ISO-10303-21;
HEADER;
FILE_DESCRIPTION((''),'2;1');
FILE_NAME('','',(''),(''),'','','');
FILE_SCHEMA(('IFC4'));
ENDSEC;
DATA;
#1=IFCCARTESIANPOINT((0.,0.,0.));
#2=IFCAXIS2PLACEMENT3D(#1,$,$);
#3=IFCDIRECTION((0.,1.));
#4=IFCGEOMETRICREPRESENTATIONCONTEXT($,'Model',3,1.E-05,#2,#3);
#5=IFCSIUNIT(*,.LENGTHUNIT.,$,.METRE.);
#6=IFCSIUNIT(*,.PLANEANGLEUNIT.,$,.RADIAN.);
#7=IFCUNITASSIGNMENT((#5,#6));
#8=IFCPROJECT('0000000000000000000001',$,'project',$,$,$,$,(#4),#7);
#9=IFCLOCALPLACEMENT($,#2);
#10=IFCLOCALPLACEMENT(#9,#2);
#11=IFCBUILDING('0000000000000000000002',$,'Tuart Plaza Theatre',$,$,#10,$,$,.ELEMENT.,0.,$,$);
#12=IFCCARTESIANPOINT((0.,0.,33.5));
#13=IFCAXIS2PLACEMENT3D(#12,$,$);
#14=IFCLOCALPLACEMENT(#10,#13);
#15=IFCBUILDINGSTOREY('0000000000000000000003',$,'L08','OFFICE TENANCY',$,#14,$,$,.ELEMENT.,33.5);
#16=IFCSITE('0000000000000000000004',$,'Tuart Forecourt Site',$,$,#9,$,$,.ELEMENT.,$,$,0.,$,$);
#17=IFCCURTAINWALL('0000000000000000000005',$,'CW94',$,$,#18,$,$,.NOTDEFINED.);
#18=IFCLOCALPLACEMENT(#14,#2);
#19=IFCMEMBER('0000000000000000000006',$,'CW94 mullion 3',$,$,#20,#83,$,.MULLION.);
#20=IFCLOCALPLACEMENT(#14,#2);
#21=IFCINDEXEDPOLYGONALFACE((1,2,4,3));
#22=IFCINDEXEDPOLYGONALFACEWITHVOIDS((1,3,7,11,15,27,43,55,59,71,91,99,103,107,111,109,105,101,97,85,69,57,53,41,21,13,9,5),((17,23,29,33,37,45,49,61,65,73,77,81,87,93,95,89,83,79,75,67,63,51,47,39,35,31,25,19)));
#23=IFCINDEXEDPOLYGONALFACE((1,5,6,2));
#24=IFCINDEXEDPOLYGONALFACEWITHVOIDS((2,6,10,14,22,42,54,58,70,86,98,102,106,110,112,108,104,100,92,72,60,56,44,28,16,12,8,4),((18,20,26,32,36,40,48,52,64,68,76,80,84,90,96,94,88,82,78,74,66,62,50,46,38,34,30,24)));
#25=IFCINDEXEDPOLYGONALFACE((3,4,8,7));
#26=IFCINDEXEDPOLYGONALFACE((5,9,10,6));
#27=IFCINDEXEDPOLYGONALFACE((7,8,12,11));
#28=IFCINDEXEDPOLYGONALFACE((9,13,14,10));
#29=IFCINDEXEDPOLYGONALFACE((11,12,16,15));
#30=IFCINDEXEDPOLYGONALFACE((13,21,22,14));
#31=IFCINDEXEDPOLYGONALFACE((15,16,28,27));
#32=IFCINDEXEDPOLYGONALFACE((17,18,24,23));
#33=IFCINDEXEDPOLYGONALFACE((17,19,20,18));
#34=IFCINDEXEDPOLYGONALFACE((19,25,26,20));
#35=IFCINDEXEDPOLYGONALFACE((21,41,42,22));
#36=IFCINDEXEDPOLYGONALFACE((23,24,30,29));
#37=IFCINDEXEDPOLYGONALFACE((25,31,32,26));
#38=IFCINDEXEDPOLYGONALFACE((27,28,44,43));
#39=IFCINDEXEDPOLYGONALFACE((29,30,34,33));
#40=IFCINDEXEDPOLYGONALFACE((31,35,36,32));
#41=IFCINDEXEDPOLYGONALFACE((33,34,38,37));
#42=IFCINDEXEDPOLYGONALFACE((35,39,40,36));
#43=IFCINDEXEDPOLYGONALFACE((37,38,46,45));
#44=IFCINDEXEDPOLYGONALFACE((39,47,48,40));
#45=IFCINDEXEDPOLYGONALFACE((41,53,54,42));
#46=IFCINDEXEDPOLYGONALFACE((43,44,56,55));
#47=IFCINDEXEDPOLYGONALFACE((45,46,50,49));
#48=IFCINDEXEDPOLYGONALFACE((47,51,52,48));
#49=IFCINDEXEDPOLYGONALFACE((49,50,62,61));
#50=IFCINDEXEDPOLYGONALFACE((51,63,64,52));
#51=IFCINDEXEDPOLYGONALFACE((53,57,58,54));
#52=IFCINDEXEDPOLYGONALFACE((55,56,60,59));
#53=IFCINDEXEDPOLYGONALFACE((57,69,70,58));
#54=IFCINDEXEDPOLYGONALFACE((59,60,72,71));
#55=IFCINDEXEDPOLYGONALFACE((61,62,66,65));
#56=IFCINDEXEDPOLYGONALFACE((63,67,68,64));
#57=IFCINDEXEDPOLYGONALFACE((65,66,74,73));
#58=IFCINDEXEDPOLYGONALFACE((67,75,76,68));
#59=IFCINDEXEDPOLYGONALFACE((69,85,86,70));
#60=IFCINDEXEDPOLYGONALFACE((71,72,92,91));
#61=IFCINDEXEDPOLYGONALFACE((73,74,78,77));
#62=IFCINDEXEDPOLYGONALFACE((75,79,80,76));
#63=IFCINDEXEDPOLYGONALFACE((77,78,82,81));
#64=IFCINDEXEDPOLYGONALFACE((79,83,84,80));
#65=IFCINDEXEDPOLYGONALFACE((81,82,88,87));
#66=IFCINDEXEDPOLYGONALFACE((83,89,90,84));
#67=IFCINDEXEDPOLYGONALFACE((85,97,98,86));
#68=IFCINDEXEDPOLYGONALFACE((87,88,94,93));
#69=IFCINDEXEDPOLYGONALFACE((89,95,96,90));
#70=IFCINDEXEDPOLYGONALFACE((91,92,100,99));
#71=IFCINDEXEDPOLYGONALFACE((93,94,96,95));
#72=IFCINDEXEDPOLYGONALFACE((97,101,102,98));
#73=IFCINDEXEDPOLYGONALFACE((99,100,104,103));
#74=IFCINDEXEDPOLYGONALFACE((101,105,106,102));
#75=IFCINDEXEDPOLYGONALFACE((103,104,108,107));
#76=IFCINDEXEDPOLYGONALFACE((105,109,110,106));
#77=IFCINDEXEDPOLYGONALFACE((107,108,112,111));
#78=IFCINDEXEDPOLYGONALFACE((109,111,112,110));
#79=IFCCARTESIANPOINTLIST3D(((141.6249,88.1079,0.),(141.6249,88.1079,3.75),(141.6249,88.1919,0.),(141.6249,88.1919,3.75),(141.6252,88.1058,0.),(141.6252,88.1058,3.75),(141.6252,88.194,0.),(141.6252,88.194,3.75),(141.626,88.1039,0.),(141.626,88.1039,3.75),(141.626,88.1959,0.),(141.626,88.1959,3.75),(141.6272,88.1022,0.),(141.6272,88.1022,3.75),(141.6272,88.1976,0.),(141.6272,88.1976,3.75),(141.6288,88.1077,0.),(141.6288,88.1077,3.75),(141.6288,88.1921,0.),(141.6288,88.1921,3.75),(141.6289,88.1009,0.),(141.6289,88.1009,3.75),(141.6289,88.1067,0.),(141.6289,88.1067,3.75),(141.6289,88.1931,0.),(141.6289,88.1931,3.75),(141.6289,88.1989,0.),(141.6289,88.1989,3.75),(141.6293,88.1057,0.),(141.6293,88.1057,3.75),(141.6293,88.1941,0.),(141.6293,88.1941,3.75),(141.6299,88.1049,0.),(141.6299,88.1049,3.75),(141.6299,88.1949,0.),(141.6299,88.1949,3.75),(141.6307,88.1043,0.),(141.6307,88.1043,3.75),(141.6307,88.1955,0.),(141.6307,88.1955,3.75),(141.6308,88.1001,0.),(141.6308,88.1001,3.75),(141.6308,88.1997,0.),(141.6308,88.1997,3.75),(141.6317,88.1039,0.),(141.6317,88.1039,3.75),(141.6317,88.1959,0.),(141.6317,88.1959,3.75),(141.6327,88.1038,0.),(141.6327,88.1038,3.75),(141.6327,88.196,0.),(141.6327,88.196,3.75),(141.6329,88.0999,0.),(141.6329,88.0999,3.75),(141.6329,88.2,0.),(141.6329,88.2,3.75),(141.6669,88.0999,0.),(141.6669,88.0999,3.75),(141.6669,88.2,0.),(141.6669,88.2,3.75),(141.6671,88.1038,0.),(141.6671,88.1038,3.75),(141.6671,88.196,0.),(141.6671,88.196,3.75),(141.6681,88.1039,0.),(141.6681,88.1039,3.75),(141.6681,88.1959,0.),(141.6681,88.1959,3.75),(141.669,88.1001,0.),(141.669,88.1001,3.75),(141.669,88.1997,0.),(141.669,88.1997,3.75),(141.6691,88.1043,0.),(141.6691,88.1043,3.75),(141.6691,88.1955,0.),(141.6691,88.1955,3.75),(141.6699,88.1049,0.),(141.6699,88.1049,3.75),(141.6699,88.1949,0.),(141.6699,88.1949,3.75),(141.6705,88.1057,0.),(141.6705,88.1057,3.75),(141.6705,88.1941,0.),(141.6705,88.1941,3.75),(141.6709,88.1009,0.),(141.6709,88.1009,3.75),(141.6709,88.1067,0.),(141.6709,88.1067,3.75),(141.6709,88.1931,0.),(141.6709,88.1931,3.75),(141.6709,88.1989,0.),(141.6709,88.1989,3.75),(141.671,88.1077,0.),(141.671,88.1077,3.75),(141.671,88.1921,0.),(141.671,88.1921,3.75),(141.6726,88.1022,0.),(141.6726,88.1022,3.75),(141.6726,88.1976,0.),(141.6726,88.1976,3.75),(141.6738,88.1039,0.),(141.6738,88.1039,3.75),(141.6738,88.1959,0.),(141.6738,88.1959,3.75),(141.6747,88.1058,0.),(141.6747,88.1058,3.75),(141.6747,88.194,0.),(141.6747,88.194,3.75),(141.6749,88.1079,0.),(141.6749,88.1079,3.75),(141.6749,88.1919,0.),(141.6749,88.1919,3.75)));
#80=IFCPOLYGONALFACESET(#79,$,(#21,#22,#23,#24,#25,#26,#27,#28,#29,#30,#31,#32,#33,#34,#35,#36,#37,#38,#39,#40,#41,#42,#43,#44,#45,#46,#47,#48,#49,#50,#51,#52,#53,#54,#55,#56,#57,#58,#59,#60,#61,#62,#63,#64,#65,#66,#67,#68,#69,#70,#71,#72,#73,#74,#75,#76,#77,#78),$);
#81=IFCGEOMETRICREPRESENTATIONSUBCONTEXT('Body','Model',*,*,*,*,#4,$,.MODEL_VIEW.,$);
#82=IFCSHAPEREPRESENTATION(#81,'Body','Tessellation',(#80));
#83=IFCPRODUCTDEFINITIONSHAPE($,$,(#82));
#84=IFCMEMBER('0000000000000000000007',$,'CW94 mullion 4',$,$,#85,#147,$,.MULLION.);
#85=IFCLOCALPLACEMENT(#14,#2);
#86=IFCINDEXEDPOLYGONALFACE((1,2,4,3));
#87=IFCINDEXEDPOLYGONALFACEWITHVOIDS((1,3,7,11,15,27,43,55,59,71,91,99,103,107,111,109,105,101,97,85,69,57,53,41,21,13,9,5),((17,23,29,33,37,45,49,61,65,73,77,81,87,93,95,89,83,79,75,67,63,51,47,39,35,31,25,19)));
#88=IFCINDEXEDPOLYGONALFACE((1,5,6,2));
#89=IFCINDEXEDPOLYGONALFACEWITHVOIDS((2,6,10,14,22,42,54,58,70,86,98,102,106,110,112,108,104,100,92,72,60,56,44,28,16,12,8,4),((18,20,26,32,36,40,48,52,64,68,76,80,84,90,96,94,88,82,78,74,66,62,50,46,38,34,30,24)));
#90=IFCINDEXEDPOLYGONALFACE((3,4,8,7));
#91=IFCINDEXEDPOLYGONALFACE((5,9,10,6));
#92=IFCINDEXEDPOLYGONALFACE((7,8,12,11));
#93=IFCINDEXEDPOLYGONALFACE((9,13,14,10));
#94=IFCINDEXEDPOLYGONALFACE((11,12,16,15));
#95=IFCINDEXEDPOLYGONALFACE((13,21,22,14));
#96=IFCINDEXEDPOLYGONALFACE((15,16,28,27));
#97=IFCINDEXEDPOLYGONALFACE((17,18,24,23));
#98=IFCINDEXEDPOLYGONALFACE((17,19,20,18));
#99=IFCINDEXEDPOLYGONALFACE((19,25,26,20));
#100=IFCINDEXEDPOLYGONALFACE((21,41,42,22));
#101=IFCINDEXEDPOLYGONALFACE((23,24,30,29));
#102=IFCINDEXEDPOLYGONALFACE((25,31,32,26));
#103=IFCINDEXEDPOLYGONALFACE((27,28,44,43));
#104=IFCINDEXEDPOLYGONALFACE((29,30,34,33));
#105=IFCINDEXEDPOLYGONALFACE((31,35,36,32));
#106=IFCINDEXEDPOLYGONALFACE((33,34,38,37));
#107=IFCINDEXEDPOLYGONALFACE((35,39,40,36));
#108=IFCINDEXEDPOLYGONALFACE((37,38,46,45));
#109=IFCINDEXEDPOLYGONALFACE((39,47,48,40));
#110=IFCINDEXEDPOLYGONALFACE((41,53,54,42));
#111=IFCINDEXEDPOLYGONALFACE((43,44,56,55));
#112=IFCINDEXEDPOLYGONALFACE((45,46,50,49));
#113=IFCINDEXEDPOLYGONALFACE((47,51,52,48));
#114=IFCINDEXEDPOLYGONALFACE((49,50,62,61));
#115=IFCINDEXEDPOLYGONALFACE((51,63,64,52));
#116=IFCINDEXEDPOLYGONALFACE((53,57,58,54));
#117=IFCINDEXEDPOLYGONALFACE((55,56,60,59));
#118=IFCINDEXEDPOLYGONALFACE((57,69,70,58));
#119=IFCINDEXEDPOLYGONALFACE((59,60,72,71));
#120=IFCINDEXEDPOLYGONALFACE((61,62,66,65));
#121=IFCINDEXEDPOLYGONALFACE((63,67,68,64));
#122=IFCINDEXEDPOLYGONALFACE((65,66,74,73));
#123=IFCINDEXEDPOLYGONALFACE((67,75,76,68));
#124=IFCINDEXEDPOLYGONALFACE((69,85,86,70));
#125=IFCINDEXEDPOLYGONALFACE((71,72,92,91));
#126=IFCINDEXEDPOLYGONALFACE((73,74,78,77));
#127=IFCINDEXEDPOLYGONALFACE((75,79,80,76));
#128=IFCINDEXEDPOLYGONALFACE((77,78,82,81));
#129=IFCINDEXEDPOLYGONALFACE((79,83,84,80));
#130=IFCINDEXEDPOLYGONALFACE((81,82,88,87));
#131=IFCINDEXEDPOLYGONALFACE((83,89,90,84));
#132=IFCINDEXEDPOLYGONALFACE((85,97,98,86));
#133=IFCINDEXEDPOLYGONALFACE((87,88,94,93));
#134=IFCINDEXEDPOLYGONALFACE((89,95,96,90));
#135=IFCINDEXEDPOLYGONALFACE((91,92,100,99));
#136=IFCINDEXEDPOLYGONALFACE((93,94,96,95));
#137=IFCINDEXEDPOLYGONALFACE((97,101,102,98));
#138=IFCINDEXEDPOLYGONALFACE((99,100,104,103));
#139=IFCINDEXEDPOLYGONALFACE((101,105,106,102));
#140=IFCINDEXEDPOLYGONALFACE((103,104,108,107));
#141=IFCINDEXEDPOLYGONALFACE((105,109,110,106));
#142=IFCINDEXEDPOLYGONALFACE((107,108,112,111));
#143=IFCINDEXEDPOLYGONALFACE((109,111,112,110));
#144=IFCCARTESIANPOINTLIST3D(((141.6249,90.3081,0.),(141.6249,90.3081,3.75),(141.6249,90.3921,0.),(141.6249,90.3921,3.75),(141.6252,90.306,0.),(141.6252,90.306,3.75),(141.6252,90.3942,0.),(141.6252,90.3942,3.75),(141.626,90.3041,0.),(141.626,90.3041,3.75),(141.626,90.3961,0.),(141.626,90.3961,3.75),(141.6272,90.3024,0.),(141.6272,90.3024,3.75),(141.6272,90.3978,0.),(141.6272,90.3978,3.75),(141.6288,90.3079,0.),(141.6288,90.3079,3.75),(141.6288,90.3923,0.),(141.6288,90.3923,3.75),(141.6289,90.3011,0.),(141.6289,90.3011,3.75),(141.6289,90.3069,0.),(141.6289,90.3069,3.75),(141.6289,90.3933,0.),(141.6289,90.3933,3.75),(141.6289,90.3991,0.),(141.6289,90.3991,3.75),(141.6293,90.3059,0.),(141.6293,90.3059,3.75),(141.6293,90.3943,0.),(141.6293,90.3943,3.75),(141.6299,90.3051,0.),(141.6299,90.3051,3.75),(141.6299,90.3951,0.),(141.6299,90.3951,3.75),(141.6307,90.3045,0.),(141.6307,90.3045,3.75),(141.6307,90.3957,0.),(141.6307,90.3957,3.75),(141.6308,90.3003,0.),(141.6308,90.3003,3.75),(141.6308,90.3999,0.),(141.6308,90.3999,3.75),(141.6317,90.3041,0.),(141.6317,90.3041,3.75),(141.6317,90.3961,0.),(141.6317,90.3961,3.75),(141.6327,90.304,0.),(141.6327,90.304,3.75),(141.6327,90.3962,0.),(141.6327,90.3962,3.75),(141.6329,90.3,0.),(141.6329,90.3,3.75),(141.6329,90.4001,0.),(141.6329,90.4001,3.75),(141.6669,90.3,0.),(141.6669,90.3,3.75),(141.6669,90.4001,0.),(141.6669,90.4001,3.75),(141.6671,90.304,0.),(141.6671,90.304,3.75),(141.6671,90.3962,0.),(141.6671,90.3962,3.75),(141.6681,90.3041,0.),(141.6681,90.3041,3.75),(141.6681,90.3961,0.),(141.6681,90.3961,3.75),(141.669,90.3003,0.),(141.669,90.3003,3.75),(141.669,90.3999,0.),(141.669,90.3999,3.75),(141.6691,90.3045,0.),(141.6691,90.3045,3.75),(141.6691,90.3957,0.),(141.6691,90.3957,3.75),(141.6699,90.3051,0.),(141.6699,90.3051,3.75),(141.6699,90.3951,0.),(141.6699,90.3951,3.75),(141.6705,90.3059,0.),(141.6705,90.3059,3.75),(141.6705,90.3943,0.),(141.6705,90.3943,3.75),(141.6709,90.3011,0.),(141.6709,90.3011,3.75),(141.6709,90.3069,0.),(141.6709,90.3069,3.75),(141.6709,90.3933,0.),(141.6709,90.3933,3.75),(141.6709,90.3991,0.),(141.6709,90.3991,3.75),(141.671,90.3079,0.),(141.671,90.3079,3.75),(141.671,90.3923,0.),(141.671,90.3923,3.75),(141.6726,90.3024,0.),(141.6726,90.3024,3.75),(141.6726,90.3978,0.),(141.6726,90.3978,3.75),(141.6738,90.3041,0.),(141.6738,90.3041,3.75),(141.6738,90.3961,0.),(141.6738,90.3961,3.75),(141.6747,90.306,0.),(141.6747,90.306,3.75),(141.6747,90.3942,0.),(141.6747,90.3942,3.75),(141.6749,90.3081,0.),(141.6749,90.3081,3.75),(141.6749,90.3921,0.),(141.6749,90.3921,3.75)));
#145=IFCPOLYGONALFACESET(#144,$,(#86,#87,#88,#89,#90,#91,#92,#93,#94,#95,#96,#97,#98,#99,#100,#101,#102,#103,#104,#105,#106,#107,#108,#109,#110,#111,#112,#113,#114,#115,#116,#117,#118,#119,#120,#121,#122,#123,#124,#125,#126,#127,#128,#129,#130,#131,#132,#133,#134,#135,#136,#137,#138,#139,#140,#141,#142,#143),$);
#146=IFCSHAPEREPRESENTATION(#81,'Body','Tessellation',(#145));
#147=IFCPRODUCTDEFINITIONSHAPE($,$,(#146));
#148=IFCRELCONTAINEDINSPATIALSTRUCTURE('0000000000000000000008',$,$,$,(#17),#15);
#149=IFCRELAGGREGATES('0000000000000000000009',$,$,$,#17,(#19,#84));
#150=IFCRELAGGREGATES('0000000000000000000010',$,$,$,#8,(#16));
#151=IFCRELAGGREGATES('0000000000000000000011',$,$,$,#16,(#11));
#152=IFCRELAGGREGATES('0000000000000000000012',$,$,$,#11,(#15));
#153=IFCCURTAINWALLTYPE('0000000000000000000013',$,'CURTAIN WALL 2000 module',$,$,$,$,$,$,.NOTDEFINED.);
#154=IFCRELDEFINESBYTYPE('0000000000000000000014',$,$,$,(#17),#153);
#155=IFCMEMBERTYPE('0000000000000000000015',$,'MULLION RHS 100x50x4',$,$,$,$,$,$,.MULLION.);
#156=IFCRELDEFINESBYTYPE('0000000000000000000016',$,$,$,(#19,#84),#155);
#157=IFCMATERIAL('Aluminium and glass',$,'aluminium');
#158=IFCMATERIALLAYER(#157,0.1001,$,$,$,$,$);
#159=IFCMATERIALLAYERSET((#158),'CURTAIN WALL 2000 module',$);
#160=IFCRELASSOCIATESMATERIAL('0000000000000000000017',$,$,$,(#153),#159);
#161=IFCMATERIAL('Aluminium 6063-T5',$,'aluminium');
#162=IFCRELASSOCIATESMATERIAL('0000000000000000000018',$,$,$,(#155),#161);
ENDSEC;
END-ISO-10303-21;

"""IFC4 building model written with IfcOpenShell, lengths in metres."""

from ifc_helpers import new_model, si_unit, direction, frame, origin, origin_2d, place, context, subcontext, project, spatial, hollow_rectangle, extrude, material, layer, layer_set, material_profile, profile_set, type_object, element, aggregate, save


model = new_model("IFC4")

# Units and contexts
model_context = context("Model", 3, precision=1e-05, world=origin(), true_north=direction((0.0, 1.0)))
body_context = subcontext(model_context, "Body", "Model", "MODEL_VIEW")
ifc_project = project(units=[si_unit("LENGTHUNIT", "METRE"), si_unit("PLANEANGLEUNIT", "RADIAN")], contexts=[model_context])

# Site, building, storey
site_placement = place(None, origin())
site = spatial("IfcSite", under=ifc_project, at=site_placement, Name="Tuart Forecourt Site", CompositionType="ELEMENT", RefElevation=0.0)
building_placement = place(site_placement, origin())
building = spatial("IfcBuilding", under=site, at=building_placement, Name="Tuart Plaza Theatre", CompositionType="ELEMENT", ElevationOfRefHeight=0.0)
storey_placement = place(building_placement, frame((0.0, 0.0, 33.5)))
storey = spatial("IfcBuildingStorey", under=building, at=storey_placement, Name="L08", Description="OFFICE TENANCY", CompositionType="ELEMENT", Elevation=33.5)

# Curtain wall, members
ifc_material_1 = material(Name="Aluminium and glass", Category="aluminium")
ifc_layer_1 = layer(ifc_material_1, 0.1001)
ifc_layer_set_1 = layer_set([ifc_layer_1], Name="CURTAIN WALL 2000 module")
curtain_wall_type = type_object("IfcCurtainWallType", Name="CURTAIN WALL 2000 module", PredefinedType="NOTDEFINED", material=ifc_layer_set_1)
curtain_wall_placement = place(storey_placement, origin())
curtain_wall = element("IfcCurtainWall", 1, at=curtain_wall_placement, inside=storey, type_object=curtain_wall_type, Name="CW94", PredefinedType="NOTDEFINED")
ifc_material_2 = material(Name="Aluminium 6063-T5", Category="aluminium")
ifc_material_profile_1 = material_profile(ifc_material_2, hollow_rectangle(XDim=0.05, YDim=0.1001, WallThickness=0.0039, InnerFilletRadius=0.0039, OuterFilletRadius=0.0081, at=origin_2d()), Name="RHS 100x50x4")
ifc_profile_set_1 = profile_set([ifc_material_profile_1], Name="Aluminium 6063-T5")
member_type_1 = type_object("IfcMemberType", Name="MULLION RHS 100x50x4", PredefinedType="MULLION", material=ifc_profile_set_1)
member_1_placement = place(storey_placement, frame((141.6499, 88.1499, 0.0), z_axis=(0.0, 0.0, 1.0), x_axis=(-1.0, 0.0, 0.0)))
member_1 = element("IfcMember", 2, at=member_1_placement, type_object=member_type_1, Name="CW94 mullion 3", PredefinedType="MULLION", context=body_context, shape_type="SweptSolid", body=[
    extrude(hollow_rectangle(XDim=0.05, YDim=0.1001, WallThickness=0.0039, InnerFilletRadius=0.0039, OuterFilletRadius=0.0081, at=origin_2d()), origin(), (0.0, 0.0, 1.0), 3.75),
])
member_2_placement = place(storey_placement, frame((141.6499, 90.3501, 0.0), z_axis=(0.0, 0.0, 1.0), x_axis=(-1.0, 0.0, 0.0)))
member_2 = element("IfcMember", 3, at=member_2_placement, type_object=member_type_1, Name="CW94 mullion 4", PredefinedType="MULLION", context=body_context, shape_type="SweptSolid", body=[
    extrude(hollow_rectangle(XDim=0.05, YDim=0.1001, WallThickness=0.0039, InnerFilletRadius=0.0039, OuterFilletRadius=0.0081, at=origin_2d()), origin(), (0.0, 0.0, 1.0), 3.75),
])
aggregate(curtain_wall, [member_1, member_2])

save(model, "model.ifc")
